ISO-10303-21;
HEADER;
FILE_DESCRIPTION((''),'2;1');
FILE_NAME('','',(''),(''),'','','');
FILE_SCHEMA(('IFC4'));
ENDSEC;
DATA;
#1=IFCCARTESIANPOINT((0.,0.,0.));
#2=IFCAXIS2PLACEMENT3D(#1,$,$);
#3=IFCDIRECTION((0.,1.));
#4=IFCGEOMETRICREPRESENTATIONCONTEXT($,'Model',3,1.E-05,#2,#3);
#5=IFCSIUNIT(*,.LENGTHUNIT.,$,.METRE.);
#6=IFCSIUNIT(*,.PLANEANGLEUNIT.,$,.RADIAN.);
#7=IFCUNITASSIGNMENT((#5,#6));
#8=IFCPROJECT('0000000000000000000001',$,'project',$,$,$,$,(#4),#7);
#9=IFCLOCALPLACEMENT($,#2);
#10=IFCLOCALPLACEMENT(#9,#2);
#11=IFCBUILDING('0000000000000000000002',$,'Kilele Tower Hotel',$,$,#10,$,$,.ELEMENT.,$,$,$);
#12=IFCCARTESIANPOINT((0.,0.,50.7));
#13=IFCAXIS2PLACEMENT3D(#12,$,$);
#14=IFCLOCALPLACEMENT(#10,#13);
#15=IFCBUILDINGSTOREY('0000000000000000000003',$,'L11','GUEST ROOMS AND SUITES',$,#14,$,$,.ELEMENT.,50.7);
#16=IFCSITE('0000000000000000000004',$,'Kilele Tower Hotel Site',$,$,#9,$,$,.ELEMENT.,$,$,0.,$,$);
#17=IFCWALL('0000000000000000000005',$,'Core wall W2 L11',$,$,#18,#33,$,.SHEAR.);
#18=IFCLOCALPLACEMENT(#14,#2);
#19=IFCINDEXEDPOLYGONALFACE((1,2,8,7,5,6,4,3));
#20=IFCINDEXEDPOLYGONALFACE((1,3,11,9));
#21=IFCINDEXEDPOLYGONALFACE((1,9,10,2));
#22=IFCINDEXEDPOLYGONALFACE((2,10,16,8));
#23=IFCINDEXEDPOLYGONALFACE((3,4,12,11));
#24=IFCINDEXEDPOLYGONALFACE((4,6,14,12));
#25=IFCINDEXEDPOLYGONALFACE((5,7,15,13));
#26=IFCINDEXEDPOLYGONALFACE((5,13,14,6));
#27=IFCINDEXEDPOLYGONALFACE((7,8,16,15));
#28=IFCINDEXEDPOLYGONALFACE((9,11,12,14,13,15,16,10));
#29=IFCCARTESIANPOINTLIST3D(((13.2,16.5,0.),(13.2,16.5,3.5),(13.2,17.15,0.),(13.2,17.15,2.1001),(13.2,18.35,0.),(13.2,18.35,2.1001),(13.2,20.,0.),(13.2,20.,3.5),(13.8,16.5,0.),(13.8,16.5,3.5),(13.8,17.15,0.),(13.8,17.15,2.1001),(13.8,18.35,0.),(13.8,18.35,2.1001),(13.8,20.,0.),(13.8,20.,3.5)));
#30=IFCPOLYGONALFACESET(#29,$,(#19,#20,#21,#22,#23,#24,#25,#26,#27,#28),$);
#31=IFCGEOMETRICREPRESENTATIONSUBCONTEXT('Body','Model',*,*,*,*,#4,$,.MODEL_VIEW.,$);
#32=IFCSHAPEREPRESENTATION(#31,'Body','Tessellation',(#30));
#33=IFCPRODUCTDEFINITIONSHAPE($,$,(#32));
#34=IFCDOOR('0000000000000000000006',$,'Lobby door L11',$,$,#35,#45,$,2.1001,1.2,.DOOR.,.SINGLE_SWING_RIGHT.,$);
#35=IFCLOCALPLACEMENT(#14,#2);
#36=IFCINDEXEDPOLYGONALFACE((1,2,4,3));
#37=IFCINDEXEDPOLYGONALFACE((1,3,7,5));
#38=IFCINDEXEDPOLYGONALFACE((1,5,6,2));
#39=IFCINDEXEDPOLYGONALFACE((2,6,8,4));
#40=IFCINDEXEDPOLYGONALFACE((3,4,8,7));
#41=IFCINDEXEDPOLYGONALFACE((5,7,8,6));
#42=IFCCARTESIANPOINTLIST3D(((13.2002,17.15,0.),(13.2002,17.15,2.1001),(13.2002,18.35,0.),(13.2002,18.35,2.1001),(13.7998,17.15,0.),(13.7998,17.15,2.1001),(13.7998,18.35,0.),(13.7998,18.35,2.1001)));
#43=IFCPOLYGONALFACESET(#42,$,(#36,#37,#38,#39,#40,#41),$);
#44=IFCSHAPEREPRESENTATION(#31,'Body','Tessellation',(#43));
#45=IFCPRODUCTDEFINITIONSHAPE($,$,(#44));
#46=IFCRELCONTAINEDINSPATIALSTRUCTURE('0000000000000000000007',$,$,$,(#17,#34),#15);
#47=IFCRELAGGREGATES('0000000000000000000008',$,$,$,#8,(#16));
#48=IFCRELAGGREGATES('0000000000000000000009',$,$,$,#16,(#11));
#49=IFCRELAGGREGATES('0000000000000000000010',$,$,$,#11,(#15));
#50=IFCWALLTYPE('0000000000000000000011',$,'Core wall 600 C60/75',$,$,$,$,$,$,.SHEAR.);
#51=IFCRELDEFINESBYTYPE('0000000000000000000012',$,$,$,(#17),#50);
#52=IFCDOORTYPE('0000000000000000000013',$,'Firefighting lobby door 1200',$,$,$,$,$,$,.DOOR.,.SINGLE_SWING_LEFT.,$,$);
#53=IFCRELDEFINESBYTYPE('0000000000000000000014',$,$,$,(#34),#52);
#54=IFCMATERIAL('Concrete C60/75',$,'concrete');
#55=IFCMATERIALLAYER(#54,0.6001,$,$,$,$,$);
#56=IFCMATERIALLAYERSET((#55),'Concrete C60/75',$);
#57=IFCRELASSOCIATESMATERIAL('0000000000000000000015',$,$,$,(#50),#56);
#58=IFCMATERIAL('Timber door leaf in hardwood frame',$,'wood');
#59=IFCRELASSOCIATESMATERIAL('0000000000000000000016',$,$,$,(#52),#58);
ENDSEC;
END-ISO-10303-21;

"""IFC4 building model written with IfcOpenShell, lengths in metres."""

from ifc_helpers import new_model, si_unit, direction, frame, frame_2d, origin, place, context, subcontext, project, spatial, rectangle, extrude, material, layer, layer_set, type_object, element, fill, save


model = new_model("IFC4")

# Units and contexts
model_context = context("Model", 3, precision=1e-05, world=origin(), true_north=direction((0.0, 1.0)))
body_context = subcontext(model_context, "Body", "Model", "MODEL_VIEW")
ifc_project = project(units=[si_unit("LENGTHUNIT", "METRE"), si_unit("PLANEANGLEUNIT", "RADIAN")], contexts=[model_context])

# Site, building, storey
site_placement = place(None, origin())
site = spatial("IfcSite", under=ifc_project, at=site_placement, Name="Kilele Tower Hotel Site", CompositionType="ELEMENT", RefElevation=0.0)
building_placement = place(site_placement, origin())
building = spatial("IfcBuilding", under=site, at=building_placement, Name="Kilele Tower Hotel", CompositionType="ELEMENT")
storey_placement = place(building_placement, frame((0.0, 0.0, 50.7)))
storey = spatial("IfcBuildingStorey", under=building, at=storey_placement, Name="L11", Description="GUEST ROOMS AND SUITES", CompositionType="ELEMENT", Elevation=50.7)

# Shared definitions
ifc_material_1 = material(Name="Concrete C60/75", Category="concrete")
ifc_layer_1 = layer(ifc_material_1, 0.6001)
ifc_layer_set_1 = layer_set([ifc_layer_1], Name="Concrete C60/75")
wall_type_1 = type_object("IfcWallType", Name="Core wall 600 C60/75", PredefinedType="SHEAR", material=ifc_layer_set_1)

# Wall, opening, door
wall_1_placement = place(storey_placement, frame((13.5, 20.0, 0.0), z_axis=(0.0, 0.0, 1.0), x_axis=(0.0, -1.0, 0.0)))
wall_1 = element("IfcWall", 1, at=wall_1_placement, inside=storey, type_object=wall_type_1, Name="Core wall W2 L11", PredefinedType="SHEAR", context=body_context, shape_type="SweptSolid", body=[
    extrude(rectangle(XDim=3.5, YDim=0.6001, at=frame_2d((1.75, 0.0))), origin(), (0.0, 0.0, 1.0), 3.5),
])
opening_1_placement = place(wall_1_placement, frame((1.6499, 0.0, 0.0)))
opening_1 = element("IfcOpeningElement", 2, at=opening_1_placement, cuts=wall_1, PredefinedType="OPENING", context=body_context, shape_type="SweptSolid", body=[
    extrude(rectangle(XDim=1.2, YDim=2.1001, at=frame_2d((0.6001, 1.05))), frame((0.0, 0.3101, 0.0), z_axis=(0.0, -1.0, 0.0), x_axis=(1.0, 0.0, 0.0)), (0.0, 0.0, 1.0), 0.6201),
])
ifc_material_2 = material(Name="Timber door leaf in hardwood frame", Category="wood")
door_type_1 = type_object("IfcDoorType", Name="Firefighting lobby door 1200", OperationType="SINGLE_SWING_LEFT", PredefinedType="DOOR", material=ifc_material_2)
door_1_placement = place(opening_1_placement, origin())
door_1 = element("IfcDoor", 3, at=door_1_placement, inside=storey, type_object=door_type_1, Name="Lobby door L11", OperationType="SINGLE_SWING_RIGHT", OverallHeight=2.1001, OverallWidth=1.2, PredefinedType="DOOR", context=body_context, shape_type="SweptSolid", body=[
    extrude(rectangle(XDim=1.2, YDim=2.1001, at=frame_2d((0.6001, 1.05))), frame((0.0, 0.2998, 0.0), z_axis=(0.0, -1.0, 0.0), x_axis=(1.0, 0.0, 0.0)), (0.0, 0.0, 1.0), 0.5996),
])
fill(opening_1, door_1)

save(model, "model.ifc")
